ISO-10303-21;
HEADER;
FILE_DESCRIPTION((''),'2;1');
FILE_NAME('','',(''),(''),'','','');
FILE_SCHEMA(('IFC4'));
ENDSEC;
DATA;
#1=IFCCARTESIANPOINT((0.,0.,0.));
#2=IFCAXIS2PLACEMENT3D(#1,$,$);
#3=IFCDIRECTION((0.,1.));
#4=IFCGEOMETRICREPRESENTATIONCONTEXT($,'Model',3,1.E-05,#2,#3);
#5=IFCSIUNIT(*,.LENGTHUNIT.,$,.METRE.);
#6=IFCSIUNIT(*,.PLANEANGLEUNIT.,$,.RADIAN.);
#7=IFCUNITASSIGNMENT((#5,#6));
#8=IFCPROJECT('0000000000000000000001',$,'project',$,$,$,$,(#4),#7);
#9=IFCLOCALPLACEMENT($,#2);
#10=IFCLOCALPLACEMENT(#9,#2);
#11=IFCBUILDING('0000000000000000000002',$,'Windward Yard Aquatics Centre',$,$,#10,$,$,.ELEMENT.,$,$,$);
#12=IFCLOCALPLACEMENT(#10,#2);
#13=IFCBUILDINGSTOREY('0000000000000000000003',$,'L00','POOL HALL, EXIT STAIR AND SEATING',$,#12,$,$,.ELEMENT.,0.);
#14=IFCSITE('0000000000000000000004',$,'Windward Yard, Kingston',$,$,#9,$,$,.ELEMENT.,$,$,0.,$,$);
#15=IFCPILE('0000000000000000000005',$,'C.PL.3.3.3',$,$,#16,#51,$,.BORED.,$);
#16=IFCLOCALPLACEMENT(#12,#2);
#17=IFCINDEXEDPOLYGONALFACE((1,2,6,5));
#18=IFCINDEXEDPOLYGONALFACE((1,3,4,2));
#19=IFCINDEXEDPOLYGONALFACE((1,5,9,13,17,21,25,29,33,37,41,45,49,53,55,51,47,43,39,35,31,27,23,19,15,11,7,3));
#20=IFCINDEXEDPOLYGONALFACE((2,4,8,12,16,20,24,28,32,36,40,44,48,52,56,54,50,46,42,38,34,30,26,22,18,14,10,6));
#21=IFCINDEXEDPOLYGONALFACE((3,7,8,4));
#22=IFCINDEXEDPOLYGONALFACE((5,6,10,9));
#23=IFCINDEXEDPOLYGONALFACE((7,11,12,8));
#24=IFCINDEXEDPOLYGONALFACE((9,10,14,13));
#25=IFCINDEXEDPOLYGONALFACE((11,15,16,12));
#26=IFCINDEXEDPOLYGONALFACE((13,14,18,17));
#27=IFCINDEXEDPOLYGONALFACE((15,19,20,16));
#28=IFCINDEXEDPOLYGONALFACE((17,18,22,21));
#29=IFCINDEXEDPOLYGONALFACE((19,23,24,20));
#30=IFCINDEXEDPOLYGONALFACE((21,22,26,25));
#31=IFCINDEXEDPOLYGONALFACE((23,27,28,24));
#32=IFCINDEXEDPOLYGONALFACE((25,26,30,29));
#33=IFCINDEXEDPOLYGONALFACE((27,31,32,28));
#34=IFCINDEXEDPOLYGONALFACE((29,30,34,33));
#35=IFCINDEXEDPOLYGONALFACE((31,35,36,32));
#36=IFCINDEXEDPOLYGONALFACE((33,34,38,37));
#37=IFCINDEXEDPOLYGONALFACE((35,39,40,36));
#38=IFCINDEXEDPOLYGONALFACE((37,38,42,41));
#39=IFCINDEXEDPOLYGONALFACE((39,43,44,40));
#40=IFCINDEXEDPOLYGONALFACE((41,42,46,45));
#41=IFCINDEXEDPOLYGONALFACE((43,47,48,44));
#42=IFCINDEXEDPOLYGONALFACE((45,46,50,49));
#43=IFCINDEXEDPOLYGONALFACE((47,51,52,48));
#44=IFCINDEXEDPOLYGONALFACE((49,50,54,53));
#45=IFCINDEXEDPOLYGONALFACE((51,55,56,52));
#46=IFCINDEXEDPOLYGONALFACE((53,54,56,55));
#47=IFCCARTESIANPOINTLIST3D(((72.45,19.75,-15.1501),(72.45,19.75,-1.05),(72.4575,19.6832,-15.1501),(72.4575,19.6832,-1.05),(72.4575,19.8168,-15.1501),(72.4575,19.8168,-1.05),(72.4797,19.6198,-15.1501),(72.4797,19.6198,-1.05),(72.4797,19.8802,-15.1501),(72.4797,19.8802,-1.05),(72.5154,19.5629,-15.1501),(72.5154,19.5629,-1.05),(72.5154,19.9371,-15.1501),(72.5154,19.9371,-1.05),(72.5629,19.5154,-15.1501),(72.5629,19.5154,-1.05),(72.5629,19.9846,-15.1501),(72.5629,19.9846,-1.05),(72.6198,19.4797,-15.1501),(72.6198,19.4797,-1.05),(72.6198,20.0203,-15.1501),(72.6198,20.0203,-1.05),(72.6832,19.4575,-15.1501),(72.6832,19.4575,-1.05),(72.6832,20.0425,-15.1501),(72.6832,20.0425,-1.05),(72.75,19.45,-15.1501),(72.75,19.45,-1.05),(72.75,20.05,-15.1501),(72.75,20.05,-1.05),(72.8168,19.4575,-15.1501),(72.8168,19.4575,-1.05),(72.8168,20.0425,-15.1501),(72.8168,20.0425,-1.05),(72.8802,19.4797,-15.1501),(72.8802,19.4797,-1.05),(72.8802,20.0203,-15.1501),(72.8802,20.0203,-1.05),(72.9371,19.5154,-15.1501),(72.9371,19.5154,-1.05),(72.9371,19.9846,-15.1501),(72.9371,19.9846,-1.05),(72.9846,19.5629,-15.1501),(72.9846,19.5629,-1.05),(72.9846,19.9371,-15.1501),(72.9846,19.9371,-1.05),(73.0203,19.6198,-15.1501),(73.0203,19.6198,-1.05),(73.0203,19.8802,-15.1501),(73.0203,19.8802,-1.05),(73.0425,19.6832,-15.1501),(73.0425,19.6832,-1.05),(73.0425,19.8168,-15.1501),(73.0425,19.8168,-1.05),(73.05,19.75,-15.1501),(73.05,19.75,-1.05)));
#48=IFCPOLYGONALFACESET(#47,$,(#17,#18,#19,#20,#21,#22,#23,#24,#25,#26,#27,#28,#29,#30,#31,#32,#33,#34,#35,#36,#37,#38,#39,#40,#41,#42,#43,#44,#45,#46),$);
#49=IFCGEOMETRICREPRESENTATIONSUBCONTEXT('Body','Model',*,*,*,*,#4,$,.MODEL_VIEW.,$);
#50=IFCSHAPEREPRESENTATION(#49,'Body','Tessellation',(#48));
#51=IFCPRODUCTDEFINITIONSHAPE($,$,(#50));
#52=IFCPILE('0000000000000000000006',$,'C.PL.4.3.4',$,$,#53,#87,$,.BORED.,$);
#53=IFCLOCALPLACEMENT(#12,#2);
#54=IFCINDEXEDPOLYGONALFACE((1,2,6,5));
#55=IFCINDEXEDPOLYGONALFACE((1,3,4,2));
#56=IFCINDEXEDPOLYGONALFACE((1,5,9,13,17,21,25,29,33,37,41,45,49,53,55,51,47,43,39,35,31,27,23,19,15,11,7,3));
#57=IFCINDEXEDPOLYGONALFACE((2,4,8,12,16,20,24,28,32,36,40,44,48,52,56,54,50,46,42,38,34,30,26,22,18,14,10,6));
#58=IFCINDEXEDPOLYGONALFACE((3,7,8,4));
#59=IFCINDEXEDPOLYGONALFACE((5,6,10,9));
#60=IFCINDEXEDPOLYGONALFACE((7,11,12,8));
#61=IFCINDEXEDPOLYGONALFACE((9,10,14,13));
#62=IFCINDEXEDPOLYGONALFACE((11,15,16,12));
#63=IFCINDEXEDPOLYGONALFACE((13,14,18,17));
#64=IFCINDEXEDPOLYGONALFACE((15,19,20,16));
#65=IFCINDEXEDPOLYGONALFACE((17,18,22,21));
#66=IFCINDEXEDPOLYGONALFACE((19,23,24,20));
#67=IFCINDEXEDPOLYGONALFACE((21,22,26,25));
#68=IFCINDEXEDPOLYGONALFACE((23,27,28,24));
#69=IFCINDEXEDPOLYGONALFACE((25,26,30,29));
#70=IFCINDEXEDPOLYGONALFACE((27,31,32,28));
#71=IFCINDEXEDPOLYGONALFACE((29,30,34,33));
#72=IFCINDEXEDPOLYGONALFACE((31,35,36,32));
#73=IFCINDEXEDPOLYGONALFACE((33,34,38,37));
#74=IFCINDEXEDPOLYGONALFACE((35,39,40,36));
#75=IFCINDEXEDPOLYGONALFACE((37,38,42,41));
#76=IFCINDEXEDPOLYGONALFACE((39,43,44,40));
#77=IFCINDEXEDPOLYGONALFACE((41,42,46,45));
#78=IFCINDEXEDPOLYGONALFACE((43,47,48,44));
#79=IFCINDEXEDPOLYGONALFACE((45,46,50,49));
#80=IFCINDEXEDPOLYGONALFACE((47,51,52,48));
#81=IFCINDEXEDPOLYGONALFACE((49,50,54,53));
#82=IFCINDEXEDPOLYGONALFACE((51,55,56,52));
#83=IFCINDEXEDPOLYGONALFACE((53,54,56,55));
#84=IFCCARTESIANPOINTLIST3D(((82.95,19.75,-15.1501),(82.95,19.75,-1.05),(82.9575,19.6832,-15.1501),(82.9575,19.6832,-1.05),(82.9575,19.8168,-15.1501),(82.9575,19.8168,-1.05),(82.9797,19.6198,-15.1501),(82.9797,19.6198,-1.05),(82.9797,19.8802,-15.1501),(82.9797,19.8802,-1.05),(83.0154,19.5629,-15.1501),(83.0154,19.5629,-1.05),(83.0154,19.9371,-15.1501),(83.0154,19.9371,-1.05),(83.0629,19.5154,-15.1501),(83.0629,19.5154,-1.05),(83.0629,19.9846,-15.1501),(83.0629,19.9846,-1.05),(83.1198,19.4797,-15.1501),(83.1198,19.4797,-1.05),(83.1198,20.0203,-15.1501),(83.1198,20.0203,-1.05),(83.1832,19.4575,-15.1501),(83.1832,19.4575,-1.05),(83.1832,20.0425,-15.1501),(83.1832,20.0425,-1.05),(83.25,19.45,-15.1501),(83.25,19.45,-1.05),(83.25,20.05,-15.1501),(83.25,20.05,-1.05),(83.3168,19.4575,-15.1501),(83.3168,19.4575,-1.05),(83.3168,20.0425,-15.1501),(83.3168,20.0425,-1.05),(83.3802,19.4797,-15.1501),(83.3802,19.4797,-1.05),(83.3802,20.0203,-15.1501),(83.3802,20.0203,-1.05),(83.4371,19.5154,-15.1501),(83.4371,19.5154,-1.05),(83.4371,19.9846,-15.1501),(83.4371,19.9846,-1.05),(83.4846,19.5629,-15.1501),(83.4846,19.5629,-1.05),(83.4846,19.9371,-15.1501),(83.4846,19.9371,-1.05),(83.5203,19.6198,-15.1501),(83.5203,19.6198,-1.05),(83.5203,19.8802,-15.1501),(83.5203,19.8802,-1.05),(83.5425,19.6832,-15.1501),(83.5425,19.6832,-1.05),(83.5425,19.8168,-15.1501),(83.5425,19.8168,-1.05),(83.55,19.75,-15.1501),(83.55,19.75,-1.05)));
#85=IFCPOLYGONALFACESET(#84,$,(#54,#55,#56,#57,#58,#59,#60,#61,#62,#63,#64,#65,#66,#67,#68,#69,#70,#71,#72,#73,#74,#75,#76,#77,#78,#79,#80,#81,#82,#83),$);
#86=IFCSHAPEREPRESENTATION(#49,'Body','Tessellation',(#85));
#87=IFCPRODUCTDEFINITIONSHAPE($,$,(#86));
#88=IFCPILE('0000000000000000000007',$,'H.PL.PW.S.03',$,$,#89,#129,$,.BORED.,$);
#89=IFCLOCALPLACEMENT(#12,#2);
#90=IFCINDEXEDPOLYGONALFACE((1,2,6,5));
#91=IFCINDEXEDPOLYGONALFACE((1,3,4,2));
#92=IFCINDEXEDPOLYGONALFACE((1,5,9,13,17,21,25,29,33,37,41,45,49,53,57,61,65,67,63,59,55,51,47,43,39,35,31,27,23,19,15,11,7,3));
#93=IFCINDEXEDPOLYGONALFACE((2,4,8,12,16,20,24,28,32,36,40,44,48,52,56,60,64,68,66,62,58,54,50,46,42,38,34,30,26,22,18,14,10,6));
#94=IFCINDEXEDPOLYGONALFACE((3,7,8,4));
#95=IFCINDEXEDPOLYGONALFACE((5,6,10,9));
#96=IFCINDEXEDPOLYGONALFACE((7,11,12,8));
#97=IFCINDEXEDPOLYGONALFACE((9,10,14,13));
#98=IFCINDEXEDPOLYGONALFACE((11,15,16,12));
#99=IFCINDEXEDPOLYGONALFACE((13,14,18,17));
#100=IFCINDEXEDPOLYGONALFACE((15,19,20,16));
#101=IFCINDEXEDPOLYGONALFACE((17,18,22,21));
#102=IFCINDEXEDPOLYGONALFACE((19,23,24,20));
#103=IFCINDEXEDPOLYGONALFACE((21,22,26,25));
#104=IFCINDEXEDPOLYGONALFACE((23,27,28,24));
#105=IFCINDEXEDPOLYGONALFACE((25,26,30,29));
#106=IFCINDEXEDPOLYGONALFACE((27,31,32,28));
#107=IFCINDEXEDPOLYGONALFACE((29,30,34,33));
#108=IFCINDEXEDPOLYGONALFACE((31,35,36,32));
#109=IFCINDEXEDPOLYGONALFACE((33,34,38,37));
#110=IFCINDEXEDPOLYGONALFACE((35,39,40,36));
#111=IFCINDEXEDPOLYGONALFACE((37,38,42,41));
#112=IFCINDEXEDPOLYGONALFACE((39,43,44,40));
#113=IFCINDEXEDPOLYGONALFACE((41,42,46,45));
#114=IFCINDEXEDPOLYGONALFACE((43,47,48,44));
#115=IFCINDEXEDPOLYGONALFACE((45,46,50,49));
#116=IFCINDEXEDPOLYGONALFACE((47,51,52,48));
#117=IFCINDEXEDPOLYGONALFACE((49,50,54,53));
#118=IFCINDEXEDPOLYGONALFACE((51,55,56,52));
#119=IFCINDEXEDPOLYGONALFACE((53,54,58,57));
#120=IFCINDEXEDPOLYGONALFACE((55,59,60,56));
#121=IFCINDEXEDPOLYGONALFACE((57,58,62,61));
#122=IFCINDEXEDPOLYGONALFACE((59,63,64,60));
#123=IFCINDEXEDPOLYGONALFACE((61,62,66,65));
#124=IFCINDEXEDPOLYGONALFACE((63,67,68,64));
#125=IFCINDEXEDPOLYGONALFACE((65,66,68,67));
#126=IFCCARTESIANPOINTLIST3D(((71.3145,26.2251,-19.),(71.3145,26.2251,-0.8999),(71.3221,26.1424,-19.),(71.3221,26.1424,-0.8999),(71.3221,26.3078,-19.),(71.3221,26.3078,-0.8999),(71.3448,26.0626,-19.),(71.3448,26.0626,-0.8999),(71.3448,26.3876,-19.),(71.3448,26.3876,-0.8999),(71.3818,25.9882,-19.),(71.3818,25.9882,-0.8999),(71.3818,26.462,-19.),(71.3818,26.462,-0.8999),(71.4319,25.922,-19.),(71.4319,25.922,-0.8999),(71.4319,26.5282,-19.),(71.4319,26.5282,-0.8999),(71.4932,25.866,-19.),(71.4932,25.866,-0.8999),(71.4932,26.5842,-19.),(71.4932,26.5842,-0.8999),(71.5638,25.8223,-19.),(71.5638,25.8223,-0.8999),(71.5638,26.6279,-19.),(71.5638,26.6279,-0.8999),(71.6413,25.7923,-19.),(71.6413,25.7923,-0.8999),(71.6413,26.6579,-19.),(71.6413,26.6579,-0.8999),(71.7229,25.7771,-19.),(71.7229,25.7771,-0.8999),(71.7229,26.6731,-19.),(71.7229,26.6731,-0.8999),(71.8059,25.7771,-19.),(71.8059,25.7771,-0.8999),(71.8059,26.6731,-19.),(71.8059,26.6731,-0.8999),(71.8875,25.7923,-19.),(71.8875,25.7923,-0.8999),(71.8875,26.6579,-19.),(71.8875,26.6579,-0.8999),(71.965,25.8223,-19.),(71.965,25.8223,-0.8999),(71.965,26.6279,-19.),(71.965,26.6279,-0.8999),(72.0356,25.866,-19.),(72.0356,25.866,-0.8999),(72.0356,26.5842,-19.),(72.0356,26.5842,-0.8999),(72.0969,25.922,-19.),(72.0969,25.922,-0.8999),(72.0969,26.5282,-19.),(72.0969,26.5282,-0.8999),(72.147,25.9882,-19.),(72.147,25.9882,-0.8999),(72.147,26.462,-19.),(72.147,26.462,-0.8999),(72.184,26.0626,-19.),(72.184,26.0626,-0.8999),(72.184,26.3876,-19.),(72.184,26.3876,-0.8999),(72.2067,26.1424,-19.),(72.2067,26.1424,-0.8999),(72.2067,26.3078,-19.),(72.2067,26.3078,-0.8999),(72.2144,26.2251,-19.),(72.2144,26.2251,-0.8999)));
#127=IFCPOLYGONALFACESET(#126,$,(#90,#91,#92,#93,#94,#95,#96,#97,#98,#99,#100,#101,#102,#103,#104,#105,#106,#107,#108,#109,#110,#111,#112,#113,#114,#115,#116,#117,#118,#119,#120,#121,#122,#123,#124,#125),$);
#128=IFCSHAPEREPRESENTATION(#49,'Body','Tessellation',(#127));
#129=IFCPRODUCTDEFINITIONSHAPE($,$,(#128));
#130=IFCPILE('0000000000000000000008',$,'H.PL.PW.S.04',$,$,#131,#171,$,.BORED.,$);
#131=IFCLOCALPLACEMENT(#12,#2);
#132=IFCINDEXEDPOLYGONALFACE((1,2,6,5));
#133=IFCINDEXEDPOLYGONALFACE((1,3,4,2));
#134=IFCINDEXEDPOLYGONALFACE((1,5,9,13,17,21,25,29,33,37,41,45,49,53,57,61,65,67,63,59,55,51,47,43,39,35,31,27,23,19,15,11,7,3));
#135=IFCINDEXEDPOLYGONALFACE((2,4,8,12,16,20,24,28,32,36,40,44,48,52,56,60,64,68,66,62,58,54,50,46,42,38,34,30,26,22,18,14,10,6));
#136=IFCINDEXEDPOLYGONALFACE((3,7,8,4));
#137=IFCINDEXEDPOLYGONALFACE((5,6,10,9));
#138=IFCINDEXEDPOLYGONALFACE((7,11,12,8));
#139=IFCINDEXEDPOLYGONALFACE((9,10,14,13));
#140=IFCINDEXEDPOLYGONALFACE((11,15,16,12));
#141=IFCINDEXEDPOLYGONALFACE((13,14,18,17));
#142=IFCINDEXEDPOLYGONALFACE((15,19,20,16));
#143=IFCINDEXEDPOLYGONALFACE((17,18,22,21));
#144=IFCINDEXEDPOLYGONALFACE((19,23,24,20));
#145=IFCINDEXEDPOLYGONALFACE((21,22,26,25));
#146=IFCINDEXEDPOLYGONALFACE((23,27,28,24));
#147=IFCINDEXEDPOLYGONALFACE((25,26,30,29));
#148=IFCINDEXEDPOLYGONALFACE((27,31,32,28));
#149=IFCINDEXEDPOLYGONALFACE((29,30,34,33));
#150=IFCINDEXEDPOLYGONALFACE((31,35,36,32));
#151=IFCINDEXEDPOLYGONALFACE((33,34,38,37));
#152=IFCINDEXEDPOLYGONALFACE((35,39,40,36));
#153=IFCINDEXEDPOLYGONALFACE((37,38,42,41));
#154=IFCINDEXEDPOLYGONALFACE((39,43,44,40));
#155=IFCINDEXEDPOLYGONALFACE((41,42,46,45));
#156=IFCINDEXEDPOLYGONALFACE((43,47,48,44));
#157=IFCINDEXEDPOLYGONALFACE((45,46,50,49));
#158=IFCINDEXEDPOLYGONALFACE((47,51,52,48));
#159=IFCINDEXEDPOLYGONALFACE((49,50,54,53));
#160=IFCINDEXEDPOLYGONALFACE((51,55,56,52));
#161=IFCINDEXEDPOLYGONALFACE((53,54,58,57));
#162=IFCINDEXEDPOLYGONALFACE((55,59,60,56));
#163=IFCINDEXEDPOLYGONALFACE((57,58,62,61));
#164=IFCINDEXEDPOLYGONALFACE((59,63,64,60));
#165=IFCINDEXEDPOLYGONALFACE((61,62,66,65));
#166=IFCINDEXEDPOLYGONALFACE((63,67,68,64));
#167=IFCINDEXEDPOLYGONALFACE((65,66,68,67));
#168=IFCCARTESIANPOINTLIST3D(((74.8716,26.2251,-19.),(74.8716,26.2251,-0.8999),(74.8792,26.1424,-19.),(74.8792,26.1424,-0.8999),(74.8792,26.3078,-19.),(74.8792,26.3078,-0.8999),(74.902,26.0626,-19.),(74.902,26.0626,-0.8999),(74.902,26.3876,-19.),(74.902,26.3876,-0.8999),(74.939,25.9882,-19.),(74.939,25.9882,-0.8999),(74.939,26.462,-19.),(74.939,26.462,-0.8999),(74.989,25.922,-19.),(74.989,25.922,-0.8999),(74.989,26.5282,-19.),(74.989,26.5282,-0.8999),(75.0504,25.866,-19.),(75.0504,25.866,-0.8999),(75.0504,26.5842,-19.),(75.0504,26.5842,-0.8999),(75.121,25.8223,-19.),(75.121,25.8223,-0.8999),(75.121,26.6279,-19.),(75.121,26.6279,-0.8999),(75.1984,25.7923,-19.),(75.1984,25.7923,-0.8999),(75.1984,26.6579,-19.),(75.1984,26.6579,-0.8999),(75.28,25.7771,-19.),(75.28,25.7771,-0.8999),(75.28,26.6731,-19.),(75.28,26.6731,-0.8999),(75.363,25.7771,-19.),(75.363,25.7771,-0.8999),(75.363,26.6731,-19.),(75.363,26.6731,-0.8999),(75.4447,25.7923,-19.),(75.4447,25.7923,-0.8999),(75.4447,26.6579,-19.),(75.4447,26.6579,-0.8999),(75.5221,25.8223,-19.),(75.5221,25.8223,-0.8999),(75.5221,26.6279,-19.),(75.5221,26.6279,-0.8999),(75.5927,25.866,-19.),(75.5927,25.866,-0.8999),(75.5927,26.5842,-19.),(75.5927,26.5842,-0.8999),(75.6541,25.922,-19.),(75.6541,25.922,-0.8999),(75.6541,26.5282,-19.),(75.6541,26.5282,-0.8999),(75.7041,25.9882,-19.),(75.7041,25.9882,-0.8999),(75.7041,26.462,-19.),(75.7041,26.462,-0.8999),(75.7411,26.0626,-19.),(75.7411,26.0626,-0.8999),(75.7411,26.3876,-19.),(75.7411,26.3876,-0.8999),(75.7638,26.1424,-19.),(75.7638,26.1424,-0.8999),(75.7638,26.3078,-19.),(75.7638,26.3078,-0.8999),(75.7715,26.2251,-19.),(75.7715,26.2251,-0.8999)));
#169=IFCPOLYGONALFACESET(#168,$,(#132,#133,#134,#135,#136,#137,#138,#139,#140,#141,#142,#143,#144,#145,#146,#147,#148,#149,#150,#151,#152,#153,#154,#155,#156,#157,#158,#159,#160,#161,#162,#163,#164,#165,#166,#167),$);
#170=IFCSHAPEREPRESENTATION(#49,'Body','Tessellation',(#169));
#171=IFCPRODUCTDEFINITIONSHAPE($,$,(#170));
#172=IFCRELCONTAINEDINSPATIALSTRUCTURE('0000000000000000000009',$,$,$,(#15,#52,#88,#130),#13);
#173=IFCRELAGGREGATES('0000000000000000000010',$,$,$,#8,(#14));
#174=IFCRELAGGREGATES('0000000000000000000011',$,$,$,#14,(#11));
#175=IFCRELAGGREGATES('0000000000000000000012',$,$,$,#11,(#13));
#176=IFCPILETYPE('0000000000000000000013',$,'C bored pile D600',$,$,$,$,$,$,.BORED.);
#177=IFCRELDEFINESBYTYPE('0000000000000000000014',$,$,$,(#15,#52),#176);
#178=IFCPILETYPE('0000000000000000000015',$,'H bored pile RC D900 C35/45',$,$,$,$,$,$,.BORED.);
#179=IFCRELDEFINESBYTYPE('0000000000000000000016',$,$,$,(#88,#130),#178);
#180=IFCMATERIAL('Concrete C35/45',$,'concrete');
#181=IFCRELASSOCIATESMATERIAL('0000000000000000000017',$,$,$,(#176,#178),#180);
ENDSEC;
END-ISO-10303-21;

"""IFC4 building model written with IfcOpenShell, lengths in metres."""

from ifc_helpers import new_model, si_unit, direction, frame, origin, origin_2d, place, context, subcontext, project, spatial, circle, extrude, material, material_profile, profile_set, type_object, element, save


model = new_model("IFC4")

# Units and contexts
model_context = context("Model", 3, precision=1e-05, world=origin(), true_north=direction((0.0, 1.0)))
body_context = subcontext(model_context, "Body", "Model", "MODEL_VIEW")
ifc_project = project(units=[si_unit("LENGTHUNIT", "METRE"), si_unit("PLANEANGLEUNIT", "RADIAN")], contexts=[model_context])

# Site, building, storey
site_placement = place(None, origin())
site = spatial("IfcSite", under=ifc_project, at=site_placement, Name="Windward Yard, Kingston", CompositionType="ELEMENT", RefElevation=0.0)
building_placement = place(site_placement, origin())
building = spatial("IfcBuilding", under=site, at=building_placement, Name="Windward Yard Aquatics Centre", CompositionType="ELEMENT")
storey_placement = place(building_placement, origin())
storey = spatial("IfcBuildingStorey", under=building, at=storey_placement, Name="L00", Description="POOL HALL, EXIT STAIR AND SEATING", CompositionType="ELEMENT", Elevation=0.0)

# Piles
ifc_material_1 = material(Name="Concrete C35/45", Category="concrete")
ifc_material_profile_1 = material_profile(ifc_material_1, circle(Radius=0.3, at=origin_2d()), Name="RC D600")
ifc_profile_set_1 = profile_set([ifc_material_profile_1], Name="Concrete C35/45")
pile_type_1 = type_object("IfcPileType", Name="C bored pile D600", PredefinedType="BORED", material=ifc_profile_set_1)
for number, where, z_axis, x_axis, name in (
    (1, (72.75, 19.75, -1.05), (0.0, 0.0, -1.0), (1.0, 0.0, 0.0), "C.PL.3.3.3"),
    (2, (83.25, 19.75, -1.05), (0.0, 0.0, -1.0), (1.0, 0.0, 0.0), "C.PL.4.3.4"),
):
    element("IfcPile", number, at=place(storey_placement, frame(where, z_axis=z_axis, x_axis=x_axis)), inside=storey, type_object=pile_type_1, Name=name, PredefinedType="BORED", context=body_context, shape_type="SweptSolid", body=[
        extrude(circle(Radius=0.3, at=origin_2d()), origin(), (0.0, 0.0, 1.0), 14.1001),
    ])
ifc_material_profile_2 = material_profile(ifc_material_1, circle(Radius=0.45, at=origin_2d()), Name="RC D900")
ifc_profile_set_2 = profile_set([ifc_material_profile_2], Name="Concrete C35/45")
pile_type_2 = type_object("IfcPileType", Name="H bored pile RC D900 C35/45", PredefinedType="BORED", material=ifc_profile_set_2)
for number, where, z_axis, x_axis, name in (
    (3, (71.7644, 26.2251, -0.8999), (0.0, 0.0, -1.0), (1.0, 0.0, 0.0), "H.PL.PW.S.03"),
    (4, (75.3215, 26.2251, -0.8999), (0.0, 0.0, -1.0), (1.0, 0.0, 0.0), "H.PL.PW.S.04"),
):
    element("IfcPile", number, at=place(storey_placement, frame(where, z_axis=z_axis, x_axis=x_axis)), inside=storey, type_object=pile_type_2, Name=name, PredefinedType="BORED", context=body_context, shape_type="SweptSolid", body=[
        extrude(circle(Radius=0.45, at=origin_2d()), origin(), (0.0, 0.0, 1.0), 18.1001),
    ])

save(model, "model.ifc")
